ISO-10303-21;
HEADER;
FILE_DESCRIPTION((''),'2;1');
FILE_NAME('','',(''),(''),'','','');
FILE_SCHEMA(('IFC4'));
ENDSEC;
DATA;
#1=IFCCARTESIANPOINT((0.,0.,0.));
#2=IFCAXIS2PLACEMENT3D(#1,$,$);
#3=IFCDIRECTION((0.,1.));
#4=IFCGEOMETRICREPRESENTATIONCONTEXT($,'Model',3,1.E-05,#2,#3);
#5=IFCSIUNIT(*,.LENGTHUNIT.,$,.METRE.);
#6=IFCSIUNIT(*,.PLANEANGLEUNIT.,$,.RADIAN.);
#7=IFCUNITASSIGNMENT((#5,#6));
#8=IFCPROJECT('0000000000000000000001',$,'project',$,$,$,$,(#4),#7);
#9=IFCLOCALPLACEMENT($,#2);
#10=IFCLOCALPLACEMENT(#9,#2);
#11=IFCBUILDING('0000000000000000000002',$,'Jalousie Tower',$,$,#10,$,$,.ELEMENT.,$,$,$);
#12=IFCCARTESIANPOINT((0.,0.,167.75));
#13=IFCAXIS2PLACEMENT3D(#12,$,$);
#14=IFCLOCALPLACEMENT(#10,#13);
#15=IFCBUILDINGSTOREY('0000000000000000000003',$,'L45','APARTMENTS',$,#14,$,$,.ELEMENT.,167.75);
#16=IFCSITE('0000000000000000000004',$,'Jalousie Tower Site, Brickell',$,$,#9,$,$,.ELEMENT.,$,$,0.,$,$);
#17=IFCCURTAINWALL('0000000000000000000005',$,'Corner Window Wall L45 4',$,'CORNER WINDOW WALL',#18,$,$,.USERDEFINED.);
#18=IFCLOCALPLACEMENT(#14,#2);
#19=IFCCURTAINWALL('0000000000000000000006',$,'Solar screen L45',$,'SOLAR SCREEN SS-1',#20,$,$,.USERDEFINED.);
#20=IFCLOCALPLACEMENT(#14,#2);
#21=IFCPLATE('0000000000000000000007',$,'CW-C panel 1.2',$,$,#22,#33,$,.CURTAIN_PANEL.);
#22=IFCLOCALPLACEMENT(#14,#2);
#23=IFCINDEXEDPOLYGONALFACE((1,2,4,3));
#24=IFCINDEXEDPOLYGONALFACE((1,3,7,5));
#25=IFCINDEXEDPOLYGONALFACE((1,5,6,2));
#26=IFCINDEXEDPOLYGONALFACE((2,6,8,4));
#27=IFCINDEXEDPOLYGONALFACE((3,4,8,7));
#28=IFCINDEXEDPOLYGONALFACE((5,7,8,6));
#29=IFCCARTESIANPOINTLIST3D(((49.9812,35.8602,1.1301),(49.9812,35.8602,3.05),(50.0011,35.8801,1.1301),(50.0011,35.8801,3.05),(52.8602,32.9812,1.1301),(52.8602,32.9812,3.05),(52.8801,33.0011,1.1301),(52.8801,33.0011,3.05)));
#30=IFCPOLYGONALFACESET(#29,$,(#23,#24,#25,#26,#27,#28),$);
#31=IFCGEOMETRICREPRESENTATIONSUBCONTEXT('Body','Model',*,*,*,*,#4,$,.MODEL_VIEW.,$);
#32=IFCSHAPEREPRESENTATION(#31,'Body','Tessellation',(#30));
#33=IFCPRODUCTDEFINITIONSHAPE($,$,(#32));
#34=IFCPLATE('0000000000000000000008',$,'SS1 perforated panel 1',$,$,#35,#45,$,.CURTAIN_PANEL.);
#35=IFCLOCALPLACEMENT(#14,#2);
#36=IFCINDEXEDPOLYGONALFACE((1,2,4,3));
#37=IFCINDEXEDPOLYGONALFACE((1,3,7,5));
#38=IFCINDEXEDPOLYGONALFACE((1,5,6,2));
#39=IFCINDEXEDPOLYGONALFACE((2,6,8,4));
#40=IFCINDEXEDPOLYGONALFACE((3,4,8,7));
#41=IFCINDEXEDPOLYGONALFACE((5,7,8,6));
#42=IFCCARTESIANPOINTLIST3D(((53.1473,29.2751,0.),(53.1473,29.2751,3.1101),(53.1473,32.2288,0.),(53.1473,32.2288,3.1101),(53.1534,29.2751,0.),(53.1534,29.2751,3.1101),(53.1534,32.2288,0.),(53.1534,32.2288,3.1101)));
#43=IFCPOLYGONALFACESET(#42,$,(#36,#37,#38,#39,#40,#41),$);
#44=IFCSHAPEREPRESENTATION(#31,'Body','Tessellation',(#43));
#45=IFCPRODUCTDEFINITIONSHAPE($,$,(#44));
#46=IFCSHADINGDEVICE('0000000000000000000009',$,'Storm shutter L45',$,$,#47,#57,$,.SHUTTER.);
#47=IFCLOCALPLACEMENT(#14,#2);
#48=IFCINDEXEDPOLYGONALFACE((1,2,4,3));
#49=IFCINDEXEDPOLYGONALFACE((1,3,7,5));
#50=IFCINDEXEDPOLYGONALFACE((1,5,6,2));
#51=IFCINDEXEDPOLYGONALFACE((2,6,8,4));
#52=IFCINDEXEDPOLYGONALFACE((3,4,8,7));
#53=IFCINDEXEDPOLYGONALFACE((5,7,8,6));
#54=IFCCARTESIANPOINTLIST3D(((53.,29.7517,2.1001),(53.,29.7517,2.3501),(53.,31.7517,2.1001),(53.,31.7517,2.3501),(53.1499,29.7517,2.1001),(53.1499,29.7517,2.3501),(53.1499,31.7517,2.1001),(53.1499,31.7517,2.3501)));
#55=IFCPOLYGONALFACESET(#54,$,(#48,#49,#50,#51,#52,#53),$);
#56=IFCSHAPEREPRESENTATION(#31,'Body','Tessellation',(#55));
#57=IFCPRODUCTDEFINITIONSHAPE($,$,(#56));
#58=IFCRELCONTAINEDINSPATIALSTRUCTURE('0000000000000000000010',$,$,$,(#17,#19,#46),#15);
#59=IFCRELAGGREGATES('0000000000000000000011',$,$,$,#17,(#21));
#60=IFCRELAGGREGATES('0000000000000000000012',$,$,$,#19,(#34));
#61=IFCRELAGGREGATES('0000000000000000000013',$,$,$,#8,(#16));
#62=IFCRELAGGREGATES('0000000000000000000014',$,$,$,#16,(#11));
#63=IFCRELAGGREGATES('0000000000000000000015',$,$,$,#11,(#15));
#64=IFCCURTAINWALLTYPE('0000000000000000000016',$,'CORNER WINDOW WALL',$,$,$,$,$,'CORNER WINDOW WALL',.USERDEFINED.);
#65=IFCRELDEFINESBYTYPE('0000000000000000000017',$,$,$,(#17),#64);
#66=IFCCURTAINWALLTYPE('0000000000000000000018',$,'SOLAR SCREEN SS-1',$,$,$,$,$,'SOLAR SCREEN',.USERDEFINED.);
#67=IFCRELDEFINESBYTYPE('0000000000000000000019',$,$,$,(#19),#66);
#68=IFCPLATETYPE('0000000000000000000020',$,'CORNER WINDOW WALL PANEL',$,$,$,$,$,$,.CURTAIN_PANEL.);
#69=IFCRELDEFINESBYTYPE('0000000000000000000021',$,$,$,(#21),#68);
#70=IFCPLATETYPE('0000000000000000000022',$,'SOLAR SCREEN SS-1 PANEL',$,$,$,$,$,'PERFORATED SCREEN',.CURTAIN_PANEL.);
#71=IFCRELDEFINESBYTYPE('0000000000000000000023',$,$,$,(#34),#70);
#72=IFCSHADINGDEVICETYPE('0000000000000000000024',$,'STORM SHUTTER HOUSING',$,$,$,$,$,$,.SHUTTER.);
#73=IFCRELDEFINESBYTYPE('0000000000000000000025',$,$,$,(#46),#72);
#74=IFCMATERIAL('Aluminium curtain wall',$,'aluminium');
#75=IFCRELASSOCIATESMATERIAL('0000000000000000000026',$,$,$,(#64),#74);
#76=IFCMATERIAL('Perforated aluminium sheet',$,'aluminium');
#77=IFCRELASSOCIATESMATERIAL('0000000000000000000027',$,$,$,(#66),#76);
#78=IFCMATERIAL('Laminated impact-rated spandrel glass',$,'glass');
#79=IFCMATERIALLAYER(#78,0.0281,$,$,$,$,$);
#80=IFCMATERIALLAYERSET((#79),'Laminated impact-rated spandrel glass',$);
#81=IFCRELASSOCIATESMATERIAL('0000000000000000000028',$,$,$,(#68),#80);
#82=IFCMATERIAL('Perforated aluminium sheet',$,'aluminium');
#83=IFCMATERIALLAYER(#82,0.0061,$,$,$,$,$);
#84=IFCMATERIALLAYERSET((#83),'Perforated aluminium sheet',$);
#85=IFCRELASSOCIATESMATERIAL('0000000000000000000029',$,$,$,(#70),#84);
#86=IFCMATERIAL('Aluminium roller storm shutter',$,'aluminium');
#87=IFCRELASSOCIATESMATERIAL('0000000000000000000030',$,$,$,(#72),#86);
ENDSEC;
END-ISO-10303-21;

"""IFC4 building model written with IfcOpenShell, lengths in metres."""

from ifc_helpers import new_model, si_unit, direction, frame, origin, origin_2d, place, context, subcontext, project, spatial, rectangle, extrude, material, layer, layer_set, type_object, element, aggregate, save


model = new_model("IFC4")

# Units and contexts
model_context = context("Model", 3, precision=1e-05, world=origin(), true_north=direction((0.0, 1.0)))
body_context = subcontext(model_context, "Body", "Model", "MODEL_VIEW")
ifc_project = project(units=[si_unit("LENGTHUNIT", "METRE"), si_unit("PLANEANGLEUNIT", "RADIAN")], contexts=[model_context])

# Site, building, storey
site_placement = place(None, origin())
site = spatial("IfcSite", under=ifc_project, at=site_placement, Name="Jalousie Tower Site, Brickell", CompositionType="ELEMENT", RefElevation=0.0)
building_placement = place(site_placement, origin())
building = spatial("IfcBuilding", under=site, at=building_placement, Name="Jalousie Tower", CompositionType="ELEMENT")
storey_placement = place(building_placement, frame((0.0, 0.0, 167.75)))
storey = spatial("IfcBuildingStorey", under=building, at=storey_placement, Name="L45", Description="APARTMENTS", CompositionType="ELEMENT", Elevation=167.75)

# Curtain wall
ifc_material_1 = material(Name="Aluminium curtain wall", Category="aluminium")
curtain_wall_type_1 = type_object("IfcCurtainWallType", Name="CORNER WINDOW WALL", ElementType="CORNER WINDOW WALL", PredefinedType="USERDEFINED", material=ifc_material_1)
curtain_wall_1_placement = place(storey_placement, origin())
curtain_wall_1 = element("IfcCurtainWall", 1, at=curtain_wall_1_placement, inside=storey, type_object=curtain_wall_type_1, Name="Corner Window Wall L45 4", ObjectType="CORNER WINDOW WALL", PredefinedType="USERDEFINED")

# Curtain wall
ifc_material_2 = material(Name="Perforated aluminium sheet", Category="aluminium")
curtain_wall_type_2 = type_object("IfcCurtainWallType", Name="SOLAR SCREEN SS-1", ElementType="SOLAR SCREEN", PredefinedType="USERDEFINED", material=ifc_material_2)
curtain_wall_2_placement = place(storey_placement, origin())
curtain_wall_2 = element("IfcCurtainWall", 2, at=curtain_wall_2_placement, inside=storey, type_object=curtain_wall_type_2, Name="Solar screen L45", ObjectType="SOLAR SCREEN SS-1", PredefinedType="USERDEFINED")

# Plates
ifc_material_3 = material(Name="Laminated impact-rated spandrel glass", Category="glass")
ifc_layer_1 = layer(ifc_material_3, 0.0281)
ifc_layer_set_1 = layer_set([ifc_layer_1], Name="Laminated impact-rated spandrel glass")
plate_type_1 = type_object("IfcPlateType", Name="CORNER WINDOW WALL PANEL", PredefinedType="CURTAIN_PANEL", material=ifc_layer_set_1)
plate_1_placement = place(storey_placement, frame((51.4307, 34.4307, 1.1301), z_axis=(0.0, 0.0, 1.0), x_axis=(-0.707107, 0.707107, 0.0)))
plate_1 = element("IfcPlate", 3, at=plate_1_placement, type_object=plate_type_1, Name="CW-C panel 1.2", PredefinedType="CURTAIN_PANEL", context=body_context, shape_type="SweptSolid", body=[
    extrude(rectangle(XDim=4.0715, YDim=0.0281, at=origin_2d()), origin(), (0.0, 0.0, 1.0), 1.9199),
])
aggregate(curtain_wall_1, [plate_1])
ifc_material_4 = material(Name="Perforated aluminium sheet", Category="aluminium")
ifc_layer_2 = layer(ifc_material_4, 0.0061)
ifc_layer_set_2 = layer_set([ifc_layer_2], Name="Perforated aluminium sheet")
plate_type_2 = type_object("IfcPlateType", Name="SOLAR SCREEN SS-1 PANEL", ElementType="PERFORATED SCREEN", PredefinedType="CURTAIN_PANEL", material=ifc_layer_set_2)
plate_2_placement = place(storey_placement, frame((53.1504, 30.752, 0.0), z_axis=(0.0, 0.0, 1.0), x_axis=(0.0, 1.0, 0.0)))
plate_2 = element("IfcPlate", 4, at=plate_2_placement, type_object=plate_type_2, Name="SS1 perforated panel 1", PredefinedType="CURTAIN_PANEL", context=body_context, shape_type="SweptSolid", body=[
    extrude(rectangle(XDim=2.9536, YDim=0.0061, at=origin_2d()), origin(), (0.0, 0.0, 1.0), 3.1101),
])
aggregate(curtain_wall_2, [plate_2])

# Shading device
ifc_material_5 = material(Name="Aluminium roller storm shutter", Category="aluminium")
shading_device_type = type_object("IfcShadingDeviceType", Name="STORM SHUTTER HOUSING", PredefinedType="SHUTTER", material=ifc_material_5)
shading_device_placement = place(storey_placement, frame((53.075, 30.7517, 2.1001), z_axis=(0.0, 0.0, 1.0), x_axis=(0.0, 1.0, 0.0)))
element("IfcShadingDevice", 5, at=shading_device_placement, inside=storey, type_object=shading_device_type, Name="Storm shutter L45", PredefinedType="SHUTTER", context=body_context, shape_type="SweptSolid", body=[
    extrude(rectangle(XDim=2.0, YDim=0.1499, at=origin_2d()), origin(), (0.0, 0.0, 1.0), 0.25),
])

save(model, "model.ifc")
